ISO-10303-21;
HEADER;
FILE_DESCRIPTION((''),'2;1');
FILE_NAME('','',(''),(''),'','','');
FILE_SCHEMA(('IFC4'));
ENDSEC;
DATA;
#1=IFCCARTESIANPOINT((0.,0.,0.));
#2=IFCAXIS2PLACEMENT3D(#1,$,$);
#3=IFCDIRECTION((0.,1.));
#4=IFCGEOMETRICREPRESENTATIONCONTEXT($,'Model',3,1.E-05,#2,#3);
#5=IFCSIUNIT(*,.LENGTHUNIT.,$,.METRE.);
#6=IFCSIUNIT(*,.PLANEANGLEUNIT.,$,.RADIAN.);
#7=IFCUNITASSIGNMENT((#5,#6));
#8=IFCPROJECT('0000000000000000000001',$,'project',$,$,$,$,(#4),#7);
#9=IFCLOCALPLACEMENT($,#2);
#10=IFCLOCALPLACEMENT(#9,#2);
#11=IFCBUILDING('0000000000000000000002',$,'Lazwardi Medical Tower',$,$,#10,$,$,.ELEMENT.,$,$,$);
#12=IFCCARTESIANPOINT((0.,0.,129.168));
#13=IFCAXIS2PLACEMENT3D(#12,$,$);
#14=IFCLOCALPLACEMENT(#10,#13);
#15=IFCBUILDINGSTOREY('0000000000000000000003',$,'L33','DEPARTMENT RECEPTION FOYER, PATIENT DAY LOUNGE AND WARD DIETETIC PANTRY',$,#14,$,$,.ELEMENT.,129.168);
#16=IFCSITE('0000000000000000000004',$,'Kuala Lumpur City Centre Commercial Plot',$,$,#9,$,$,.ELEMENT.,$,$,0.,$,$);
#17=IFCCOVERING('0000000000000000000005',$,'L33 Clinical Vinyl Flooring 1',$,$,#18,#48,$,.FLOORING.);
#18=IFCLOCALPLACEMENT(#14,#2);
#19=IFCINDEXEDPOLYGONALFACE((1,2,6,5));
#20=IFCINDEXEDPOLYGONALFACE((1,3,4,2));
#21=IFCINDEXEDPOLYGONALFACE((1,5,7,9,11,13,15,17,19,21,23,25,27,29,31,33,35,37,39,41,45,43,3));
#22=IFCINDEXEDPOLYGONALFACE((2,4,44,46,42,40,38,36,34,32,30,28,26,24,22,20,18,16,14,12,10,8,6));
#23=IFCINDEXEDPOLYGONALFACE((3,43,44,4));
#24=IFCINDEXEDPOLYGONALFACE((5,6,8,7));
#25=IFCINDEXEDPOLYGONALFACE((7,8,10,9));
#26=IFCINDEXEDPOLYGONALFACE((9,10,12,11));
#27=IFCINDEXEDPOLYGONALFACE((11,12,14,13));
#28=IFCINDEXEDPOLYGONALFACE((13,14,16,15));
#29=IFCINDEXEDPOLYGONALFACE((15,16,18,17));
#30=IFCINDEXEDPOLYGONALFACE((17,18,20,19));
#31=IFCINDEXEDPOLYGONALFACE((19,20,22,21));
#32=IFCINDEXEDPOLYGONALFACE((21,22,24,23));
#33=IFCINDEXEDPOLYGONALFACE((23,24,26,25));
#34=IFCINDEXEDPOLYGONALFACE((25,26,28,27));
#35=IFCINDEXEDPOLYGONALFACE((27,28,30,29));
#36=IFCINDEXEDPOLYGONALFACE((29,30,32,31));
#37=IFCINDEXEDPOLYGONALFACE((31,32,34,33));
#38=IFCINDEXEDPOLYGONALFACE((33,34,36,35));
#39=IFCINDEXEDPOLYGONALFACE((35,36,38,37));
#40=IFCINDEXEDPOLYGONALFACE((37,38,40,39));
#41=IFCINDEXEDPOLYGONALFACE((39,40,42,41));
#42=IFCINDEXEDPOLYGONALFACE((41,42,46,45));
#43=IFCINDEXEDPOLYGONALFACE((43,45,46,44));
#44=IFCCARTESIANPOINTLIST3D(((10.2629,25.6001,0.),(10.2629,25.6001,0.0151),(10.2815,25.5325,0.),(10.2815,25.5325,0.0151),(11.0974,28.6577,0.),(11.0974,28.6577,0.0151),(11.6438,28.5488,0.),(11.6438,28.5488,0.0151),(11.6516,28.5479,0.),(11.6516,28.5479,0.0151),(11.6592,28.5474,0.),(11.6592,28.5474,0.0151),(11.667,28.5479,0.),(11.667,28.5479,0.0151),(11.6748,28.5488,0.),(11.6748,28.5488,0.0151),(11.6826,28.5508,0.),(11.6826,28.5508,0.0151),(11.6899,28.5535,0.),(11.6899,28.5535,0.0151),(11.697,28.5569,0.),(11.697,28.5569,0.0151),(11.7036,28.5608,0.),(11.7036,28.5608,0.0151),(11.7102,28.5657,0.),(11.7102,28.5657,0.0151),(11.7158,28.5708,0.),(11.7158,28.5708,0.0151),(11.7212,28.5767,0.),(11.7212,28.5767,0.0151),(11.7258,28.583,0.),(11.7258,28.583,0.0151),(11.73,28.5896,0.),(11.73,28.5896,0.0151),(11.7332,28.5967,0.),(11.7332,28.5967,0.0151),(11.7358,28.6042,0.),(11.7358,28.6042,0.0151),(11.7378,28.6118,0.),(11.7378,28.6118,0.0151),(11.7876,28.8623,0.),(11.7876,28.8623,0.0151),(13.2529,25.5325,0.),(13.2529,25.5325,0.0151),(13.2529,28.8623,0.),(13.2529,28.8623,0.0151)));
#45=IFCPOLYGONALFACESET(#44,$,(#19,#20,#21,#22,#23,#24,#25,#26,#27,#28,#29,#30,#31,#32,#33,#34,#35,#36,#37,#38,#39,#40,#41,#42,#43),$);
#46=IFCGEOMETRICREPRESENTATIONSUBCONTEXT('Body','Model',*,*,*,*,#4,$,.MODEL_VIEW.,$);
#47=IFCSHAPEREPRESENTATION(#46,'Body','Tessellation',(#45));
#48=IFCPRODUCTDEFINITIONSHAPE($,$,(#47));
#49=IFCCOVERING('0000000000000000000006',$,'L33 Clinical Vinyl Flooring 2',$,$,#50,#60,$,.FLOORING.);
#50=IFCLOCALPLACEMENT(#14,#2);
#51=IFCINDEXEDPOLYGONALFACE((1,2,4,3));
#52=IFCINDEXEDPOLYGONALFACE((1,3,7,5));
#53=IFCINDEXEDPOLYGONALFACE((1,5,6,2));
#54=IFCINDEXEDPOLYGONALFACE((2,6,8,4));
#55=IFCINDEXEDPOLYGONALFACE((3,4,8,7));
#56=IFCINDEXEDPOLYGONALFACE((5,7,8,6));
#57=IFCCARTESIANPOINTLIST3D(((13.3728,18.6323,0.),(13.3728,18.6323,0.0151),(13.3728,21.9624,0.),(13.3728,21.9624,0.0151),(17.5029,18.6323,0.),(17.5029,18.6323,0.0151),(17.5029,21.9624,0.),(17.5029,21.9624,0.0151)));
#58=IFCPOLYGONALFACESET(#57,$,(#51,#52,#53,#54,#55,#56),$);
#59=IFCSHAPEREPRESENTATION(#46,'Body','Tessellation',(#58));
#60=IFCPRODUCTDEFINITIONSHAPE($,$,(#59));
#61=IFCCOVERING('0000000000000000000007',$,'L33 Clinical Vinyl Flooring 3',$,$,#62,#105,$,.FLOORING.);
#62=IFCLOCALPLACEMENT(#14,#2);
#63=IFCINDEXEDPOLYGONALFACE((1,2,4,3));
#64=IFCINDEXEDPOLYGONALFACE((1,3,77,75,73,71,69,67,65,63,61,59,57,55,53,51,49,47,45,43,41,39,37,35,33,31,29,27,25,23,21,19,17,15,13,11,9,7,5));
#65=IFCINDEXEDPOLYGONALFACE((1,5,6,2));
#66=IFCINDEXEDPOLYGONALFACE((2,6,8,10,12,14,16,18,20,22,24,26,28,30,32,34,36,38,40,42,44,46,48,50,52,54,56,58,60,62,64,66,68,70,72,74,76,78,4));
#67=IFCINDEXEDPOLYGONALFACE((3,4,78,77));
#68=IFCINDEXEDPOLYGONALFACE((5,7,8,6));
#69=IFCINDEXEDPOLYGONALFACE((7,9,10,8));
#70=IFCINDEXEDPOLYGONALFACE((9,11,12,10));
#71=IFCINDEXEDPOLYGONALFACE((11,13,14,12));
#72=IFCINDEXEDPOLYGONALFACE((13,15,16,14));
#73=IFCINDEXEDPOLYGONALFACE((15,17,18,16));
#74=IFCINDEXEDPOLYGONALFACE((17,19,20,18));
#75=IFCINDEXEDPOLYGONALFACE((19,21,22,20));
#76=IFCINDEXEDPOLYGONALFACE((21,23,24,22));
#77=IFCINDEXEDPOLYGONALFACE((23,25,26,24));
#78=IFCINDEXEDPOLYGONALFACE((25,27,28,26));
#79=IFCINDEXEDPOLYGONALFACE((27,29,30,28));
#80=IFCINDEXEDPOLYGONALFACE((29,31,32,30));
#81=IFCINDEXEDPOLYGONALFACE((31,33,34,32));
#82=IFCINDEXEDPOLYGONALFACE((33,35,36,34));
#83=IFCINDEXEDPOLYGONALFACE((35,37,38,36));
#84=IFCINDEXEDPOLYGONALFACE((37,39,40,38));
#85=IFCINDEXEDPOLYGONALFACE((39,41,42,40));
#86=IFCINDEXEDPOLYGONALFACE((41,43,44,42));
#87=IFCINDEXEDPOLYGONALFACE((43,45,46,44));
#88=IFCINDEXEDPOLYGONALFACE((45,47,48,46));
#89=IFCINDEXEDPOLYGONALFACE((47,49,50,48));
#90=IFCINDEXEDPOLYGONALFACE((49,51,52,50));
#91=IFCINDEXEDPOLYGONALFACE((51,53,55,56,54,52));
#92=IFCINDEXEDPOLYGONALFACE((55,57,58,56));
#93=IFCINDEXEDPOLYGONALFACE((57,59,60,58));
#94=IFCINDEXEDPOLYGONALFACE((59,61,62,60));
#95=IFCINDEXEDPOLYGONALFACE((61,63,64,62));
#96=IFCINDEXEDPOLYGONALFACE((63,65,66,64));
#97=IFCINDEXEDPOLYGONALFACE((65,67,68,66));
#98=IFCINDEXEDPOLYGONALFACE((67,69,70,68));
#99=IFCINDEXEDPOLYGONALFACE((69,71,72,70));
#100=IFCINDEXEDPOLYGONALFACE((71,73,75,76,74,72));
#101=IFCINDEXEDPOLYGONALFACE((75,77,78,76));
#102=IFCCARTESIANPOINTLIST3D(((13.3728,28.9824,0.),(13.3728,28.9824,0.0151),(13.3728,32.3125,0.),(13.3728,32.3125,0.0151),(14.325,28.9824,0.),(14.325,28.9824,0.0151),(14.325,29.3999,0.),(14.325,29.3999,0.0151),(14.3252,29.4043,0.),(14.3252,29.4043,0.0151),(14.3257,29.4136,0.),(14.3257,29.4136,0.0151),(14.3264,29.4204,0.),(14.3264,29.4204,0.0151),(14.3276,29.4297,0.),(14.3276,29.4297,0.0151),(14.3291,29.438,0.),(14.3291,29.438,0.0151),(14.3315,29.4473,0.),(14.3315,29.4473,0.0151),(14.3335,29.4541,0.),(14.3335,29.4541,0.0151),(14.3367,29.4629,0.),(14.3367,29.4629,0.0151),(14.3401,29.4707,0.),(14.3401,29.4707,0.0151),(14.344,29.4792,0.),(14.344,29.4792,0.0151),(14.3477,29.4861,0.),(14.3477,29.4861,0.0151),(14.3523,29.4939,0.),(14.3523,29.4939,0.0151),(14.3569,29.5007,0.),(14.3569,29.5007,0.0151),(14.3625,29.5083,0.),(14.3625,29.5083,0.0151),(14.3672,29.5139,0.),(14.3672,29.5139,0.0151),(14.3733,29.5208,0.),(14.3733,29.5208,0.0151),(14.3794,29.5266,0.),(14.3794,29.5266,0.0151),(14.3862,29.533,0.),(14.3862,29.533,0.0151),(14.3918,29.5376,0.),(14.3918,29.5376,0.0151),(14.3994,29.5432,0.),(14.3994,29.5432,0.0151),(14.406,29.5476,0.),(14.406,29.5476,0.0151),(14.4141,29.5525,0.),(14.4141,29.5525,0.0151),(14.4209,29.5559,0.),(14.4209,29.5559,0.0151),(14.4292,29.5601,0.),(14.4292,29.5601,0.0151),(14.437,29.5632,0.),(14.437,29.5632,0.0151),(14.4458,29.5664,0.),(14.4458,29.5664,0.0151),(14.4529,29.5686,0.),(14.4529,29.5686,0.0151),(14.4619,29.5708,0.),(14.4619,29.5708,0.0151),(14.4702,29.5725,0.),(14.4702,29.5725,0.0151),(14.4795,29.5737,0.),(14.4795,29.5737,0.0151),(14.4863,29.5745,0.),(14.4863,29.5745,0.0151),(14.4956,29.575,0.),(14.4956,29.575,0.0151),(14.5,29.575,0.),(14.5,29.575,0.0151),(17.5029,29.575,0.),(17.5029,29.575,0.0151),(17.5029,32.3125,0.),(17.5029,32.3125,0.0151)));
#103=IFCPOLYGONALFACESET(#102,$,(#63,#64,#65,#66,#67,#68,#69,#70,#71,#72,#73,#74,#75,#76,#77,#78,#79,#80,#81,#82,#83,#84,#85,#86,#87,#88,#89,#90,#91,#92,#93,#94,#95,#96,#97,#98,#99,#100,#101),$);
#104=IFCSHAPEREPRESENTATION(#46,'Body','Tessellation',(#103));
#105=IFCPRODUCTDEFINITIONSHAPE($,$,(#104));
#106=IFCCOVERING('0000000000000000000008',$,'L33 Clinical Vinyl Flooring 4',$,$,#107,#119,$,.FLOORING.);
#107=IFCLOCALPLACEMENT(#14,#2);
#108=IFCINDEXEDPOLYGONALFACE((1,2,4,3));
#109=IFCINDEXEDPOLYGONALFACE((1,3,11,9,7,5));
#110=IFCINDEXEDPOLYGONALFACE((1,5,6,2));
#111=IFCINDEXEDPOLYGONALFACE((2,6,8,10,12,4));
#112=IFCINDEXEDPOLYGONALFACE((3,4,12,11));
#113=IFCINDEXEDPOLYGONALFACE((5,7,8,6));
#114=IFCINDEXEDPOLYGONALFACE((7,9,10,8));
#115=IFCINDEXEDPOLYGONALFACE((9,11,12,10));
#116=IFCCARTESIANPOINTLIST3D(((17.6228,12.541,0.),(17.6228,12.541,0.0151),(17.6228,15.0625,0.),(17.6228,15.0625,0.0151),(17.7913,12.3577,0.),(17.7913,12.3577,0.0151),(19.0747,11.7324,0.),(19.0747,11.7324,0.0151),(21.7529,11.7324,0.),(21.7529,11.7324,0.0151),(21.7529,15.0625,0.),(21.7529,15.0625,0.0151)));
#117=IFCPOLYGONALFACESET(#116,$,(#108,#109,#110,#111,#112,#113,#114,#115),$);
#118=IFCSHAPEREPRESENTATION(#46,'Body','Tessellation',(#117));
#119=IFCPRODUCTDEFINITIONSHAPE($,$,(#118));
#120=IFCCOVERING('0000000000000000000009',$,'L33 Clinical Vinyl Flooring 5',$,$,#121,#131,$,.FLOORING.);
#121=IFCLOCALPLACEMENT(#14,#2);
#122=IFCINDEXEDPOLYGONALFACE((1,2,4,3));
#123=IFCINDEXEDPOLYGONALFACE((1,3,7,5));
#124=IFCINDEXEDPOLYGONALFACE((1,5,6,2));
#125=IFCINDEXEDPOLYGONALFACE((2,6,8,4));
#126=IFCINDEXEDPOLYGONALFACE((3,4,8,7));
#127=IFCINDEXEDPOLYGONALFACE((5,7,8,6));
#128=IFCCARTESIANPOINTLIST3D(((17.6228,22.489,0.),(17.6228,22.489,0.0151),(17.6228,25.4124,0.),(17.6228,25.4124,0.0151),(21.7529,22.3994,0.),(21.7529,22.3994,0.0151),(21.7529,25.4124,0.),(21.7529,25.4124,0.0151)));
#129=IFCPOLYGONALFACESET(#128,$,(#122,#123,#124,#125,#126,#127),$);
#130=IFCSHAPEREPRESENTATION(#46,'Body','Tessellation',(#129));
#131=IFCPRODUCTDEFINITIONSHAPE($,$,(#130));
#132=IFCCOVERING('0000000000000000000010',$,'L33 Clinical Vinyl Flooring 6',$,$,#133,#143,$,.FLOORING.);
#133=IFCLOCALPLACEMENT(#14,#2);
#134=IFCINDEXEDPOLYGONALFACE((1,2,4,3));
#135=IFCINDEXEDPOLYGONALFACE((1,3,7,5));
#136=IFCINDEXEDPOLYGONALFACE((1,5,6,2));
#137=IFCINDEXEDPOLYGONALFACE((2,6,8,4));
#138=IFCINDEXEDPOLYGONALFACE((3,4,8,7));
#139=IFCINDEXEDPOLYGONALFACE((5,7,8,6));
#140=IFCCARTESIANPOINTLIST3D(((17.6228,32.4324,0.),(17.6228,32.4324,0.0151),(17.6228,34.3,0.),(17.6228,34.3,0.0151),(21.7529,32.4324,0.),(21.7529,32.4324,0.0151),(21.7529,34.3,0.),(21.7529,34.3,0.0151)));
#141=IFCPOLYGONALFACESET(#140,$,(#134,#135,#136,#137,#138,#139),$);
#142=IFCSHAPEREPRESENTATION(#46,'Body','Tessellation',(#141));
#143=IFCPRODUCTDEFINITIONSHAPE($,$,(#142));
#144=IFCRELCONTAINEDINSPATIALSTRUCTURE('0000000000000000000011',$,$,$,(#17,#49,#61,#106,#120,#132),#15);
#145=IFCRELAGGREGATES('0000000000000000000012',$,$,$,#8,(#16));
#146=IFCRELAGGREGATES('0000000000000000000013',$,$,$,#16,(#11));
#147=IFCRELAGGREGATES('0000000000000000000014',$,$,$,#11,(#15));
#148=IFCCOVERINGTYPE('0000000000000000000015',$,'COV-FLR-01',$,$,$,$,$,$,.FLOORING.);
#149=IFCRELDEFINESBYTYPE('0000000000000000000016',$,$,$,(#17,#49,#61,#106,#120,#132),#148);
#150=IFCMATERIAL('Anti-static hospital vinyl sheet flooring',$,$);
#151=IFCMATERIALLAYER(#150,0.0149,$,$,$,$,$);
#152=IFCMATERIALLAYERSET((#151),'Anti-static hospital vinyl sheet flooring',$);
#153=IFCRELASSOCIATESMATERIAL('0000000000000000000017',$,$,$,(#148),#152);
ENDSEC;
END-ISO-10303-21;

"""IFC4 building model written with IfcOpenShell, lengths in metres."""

from ifc_helpers import new_model, si_unit, direction, frame, origin, place, context, subcontext, project, spatial, polyline, outline, extrude, material, layer, layer_set, type_object, element, save


model = new_model("IFC4")

# Units and contexts
model_context = context("Model", 3, precision=1e-05, world=origin(), true_north=direction((0.0, 1.0)))
body_context = subcontext(model_context, "Body", "Model", "MODEL_VIEW")
ifc_project = project(units=[si_unit("LENGTHUNIT", "METRE"), si_unit("PLANEANGLEUNIT", "RADIAN")], contexts=[model_context])

# Site, building, storey
site_placement = place(None, origin())
site = spatial("IfcSite", under=ifc_project, at=site_placement, Name="Kuala Lumpur City Centre Commercial Plot", CompositionType="ELEMENT", RefElevation=0.0)
building_placement = place(site_placement, origin())
building = spatial("IfcBuilding", under=site, at=building_placement, Name="Lazwardi Medical Tower", CompositionType="ELEMENT")
storey_placement = place(building_placement, frame((0.0, 0.0, 129.168)))
storey = spatial("IfcBuildingStorey", under=building, at=storey_placement, Name="L33", Description="DEPARTMENT RECEPTION FOYER, PATIENT DAY LOUNGE AND WARD DIETETIC PANTRY", CompositionType="ELEMENT", Elevation=129.168)

# Coverings
ifc_material_1 = material(Name="Anti-static hospital vinyl sheet flooring")
ifc_layer_1 = layer(ifc_material_1, 0.0149)
ifc_layer_set_1 = layer_set([ifc_layer_1], Name="Anti-static hospital vinyl sheet flooring")
covering_type_1 = type_object("IfcCoveringType", Name="COV-FLR-01", PredefinedType="FLOORING", material=ifc_layer_set_1)
covering_1_placement = place(storey_placement, origin())
element("IfcCovering", 1, at=covering_1_placement, inside=storey, type_object=covering_type_1, Name="L33 Clinical Vinyl Flooring 1", PredefinedType="FLOORING", context=body_context, shape_type="SweptSolid", body=[
    extrude(outline(polyline([(11.7876, 28.8623), (11.7378, 28.6118), (11.7358, 28.6042), (11.7332, 28.5967), (11.73, 28.5896), (11.7258, 28.583), (11.7212, 28.5767), (11.7158, 28.5708), (11.7102, 28.5657), (11.7036, 28.5608), (11.697, 28.5569), (11.6899, 28.5535), (11.6826, 28.5508), (11.6748, 28.5488), (11.667, 28.5479), (11.6592, 28.5474), (11.6516, 28.5479), (11.6438, 28.5488), (11.0974, 28.6577), (10.2629, 25.6001), (10.2815, 25.5325), (13.2529, 25.5325), (13.2529, 28.8623), (11.7876, 28.8623)])), origin(), (0.0, 0.0, 1.0), 0.0151),
])
covering_2_placement = place(storey_placement, origin())
element("IfcCovering", 2, at=covering_2_placement, inside=storey, type_object=covering_type_1, Name="L33 Clinical Vinyl Flooring 2", PredefinedType="FLOORING", context=body_context, shape_type="SweptSolid", body=[
    extrude(outline(polyline([(17.5029, 18.6323), (17.5029, 21.9624), (13.3728, 21.9624), (13.3728, 18.6323), (17.5029, 18.6323)])), origin(), (0.0, 0.0, 1.0), 0.0151),
])
covering_3_placement = place(storey_placement, origin())
element("IfcCovering", 3, at=covering_3_placement, inside=storey, type_object=covering_type_1, Name="L33 Clinical Vinyl Flooring 3", PredefinedType="FLOORING", context=body_context, shape_type="SweptSolid", body=[
    extrude(outline(polyline([(14.325, 28.9824), (14.325, 29.3999), (14.3252, 29.4043), (14.3257, 29.4136), (14.3264, 29.4204), (14.3276, 29.4297), (14.3291, 29.438), (14.3315, 29.4473), (14.3335, 29.4541), (14.3367, 29.4629), (14.3401, 29.4707), (14.344, 29.4792), (14.3477, 29.4861), (14.3523, 29.4939), (14.3569, 29.5007), (14.3625, 29.5083), (14.3672, 29.5139), (14.3733, 29.5208), (14.3794, 29.5266), (14.3862, 29.533), (14.3918, 29.5376), (14.3994, 29.5432), (14.406, 29.5476), (14.4141, 29.5525), (14.4209, 29.5559), (14.4292, 29.5601), (14.437, 29.5632), (14.4458, 29.5664), (14.4529, 29.5686), (14.4619, 29.5708), (14.4702, 29.5725), (14.4795, 29.5737), (14.4863, 29.5745), (14.4956, 29.575), (14.5, 29.575), (17.5029, 29.575), (17.5029, 32.3125), (13.3728, 32.3125), (13.3728, 28.9824), (14.325, 28.9824)])), origin(), (0.0, 0.0, 1.0), 0.0151),
])
covering_4_placement = place(storey_placement, origin())
element("IfcCovering", 4, at=covering_4_placement, inside=storey, type_object=covering_type_1, Name="L33 Clinical Vinyl Flooring 4", PredefinedType="FLOORING", context=body_context, shape_type="SweptSolid", body=[
    extrude(outline(polyline([(17.6228, 12.541), (17.7913, 12.3577), (19.0747, 11.7324), (21.7529, 11.7324), (21.7529, 15.0625), (17.6228, 15.0625), (17.6228, 12.541)])), origin(), (0.0, 0.0, 1.0), 0.0151),
])
covering_5_placement = place(storey_placement, origin())
element("IfcCovering", 5, at=covering_5_placement, inside=storey, type_object=covering_type_1, Name="L33 Clinical Vinyl Flooring 5", PredefinedType="FLOORING", context=body_context, shape_type="SweptSolid", body=[
    extrude(outline(polyline([(17.6228, 22.489), (21.7529, 22.3994), (21.7529, 25.4124), (17.6228, 25.4124), (17.6228, 22.489)])), origin(), (0.0, 0.0, 1.0), 0.0151),
])
covering_6_placement = place(storey_placement, origin())
element("IfcCovering", 6, at=covering_6_placement, inside=storey, type_object=covering_type_1, Name="L33 Clinical Vinyl Flooring 6", PredefinedType="FLOORING", context=body_context, shape_type="SweptSolid", body=[
    extrude(outline(polyline([(21.7529, 34.3), (17.6228, 34.3), (17.6228, 32.4324), (21.7529, 32.4324), (21.7529, 34.3)])), origin(), (0.0, 0.0, 1.0), 0.0151),
])

save(model, "model.ifc")
